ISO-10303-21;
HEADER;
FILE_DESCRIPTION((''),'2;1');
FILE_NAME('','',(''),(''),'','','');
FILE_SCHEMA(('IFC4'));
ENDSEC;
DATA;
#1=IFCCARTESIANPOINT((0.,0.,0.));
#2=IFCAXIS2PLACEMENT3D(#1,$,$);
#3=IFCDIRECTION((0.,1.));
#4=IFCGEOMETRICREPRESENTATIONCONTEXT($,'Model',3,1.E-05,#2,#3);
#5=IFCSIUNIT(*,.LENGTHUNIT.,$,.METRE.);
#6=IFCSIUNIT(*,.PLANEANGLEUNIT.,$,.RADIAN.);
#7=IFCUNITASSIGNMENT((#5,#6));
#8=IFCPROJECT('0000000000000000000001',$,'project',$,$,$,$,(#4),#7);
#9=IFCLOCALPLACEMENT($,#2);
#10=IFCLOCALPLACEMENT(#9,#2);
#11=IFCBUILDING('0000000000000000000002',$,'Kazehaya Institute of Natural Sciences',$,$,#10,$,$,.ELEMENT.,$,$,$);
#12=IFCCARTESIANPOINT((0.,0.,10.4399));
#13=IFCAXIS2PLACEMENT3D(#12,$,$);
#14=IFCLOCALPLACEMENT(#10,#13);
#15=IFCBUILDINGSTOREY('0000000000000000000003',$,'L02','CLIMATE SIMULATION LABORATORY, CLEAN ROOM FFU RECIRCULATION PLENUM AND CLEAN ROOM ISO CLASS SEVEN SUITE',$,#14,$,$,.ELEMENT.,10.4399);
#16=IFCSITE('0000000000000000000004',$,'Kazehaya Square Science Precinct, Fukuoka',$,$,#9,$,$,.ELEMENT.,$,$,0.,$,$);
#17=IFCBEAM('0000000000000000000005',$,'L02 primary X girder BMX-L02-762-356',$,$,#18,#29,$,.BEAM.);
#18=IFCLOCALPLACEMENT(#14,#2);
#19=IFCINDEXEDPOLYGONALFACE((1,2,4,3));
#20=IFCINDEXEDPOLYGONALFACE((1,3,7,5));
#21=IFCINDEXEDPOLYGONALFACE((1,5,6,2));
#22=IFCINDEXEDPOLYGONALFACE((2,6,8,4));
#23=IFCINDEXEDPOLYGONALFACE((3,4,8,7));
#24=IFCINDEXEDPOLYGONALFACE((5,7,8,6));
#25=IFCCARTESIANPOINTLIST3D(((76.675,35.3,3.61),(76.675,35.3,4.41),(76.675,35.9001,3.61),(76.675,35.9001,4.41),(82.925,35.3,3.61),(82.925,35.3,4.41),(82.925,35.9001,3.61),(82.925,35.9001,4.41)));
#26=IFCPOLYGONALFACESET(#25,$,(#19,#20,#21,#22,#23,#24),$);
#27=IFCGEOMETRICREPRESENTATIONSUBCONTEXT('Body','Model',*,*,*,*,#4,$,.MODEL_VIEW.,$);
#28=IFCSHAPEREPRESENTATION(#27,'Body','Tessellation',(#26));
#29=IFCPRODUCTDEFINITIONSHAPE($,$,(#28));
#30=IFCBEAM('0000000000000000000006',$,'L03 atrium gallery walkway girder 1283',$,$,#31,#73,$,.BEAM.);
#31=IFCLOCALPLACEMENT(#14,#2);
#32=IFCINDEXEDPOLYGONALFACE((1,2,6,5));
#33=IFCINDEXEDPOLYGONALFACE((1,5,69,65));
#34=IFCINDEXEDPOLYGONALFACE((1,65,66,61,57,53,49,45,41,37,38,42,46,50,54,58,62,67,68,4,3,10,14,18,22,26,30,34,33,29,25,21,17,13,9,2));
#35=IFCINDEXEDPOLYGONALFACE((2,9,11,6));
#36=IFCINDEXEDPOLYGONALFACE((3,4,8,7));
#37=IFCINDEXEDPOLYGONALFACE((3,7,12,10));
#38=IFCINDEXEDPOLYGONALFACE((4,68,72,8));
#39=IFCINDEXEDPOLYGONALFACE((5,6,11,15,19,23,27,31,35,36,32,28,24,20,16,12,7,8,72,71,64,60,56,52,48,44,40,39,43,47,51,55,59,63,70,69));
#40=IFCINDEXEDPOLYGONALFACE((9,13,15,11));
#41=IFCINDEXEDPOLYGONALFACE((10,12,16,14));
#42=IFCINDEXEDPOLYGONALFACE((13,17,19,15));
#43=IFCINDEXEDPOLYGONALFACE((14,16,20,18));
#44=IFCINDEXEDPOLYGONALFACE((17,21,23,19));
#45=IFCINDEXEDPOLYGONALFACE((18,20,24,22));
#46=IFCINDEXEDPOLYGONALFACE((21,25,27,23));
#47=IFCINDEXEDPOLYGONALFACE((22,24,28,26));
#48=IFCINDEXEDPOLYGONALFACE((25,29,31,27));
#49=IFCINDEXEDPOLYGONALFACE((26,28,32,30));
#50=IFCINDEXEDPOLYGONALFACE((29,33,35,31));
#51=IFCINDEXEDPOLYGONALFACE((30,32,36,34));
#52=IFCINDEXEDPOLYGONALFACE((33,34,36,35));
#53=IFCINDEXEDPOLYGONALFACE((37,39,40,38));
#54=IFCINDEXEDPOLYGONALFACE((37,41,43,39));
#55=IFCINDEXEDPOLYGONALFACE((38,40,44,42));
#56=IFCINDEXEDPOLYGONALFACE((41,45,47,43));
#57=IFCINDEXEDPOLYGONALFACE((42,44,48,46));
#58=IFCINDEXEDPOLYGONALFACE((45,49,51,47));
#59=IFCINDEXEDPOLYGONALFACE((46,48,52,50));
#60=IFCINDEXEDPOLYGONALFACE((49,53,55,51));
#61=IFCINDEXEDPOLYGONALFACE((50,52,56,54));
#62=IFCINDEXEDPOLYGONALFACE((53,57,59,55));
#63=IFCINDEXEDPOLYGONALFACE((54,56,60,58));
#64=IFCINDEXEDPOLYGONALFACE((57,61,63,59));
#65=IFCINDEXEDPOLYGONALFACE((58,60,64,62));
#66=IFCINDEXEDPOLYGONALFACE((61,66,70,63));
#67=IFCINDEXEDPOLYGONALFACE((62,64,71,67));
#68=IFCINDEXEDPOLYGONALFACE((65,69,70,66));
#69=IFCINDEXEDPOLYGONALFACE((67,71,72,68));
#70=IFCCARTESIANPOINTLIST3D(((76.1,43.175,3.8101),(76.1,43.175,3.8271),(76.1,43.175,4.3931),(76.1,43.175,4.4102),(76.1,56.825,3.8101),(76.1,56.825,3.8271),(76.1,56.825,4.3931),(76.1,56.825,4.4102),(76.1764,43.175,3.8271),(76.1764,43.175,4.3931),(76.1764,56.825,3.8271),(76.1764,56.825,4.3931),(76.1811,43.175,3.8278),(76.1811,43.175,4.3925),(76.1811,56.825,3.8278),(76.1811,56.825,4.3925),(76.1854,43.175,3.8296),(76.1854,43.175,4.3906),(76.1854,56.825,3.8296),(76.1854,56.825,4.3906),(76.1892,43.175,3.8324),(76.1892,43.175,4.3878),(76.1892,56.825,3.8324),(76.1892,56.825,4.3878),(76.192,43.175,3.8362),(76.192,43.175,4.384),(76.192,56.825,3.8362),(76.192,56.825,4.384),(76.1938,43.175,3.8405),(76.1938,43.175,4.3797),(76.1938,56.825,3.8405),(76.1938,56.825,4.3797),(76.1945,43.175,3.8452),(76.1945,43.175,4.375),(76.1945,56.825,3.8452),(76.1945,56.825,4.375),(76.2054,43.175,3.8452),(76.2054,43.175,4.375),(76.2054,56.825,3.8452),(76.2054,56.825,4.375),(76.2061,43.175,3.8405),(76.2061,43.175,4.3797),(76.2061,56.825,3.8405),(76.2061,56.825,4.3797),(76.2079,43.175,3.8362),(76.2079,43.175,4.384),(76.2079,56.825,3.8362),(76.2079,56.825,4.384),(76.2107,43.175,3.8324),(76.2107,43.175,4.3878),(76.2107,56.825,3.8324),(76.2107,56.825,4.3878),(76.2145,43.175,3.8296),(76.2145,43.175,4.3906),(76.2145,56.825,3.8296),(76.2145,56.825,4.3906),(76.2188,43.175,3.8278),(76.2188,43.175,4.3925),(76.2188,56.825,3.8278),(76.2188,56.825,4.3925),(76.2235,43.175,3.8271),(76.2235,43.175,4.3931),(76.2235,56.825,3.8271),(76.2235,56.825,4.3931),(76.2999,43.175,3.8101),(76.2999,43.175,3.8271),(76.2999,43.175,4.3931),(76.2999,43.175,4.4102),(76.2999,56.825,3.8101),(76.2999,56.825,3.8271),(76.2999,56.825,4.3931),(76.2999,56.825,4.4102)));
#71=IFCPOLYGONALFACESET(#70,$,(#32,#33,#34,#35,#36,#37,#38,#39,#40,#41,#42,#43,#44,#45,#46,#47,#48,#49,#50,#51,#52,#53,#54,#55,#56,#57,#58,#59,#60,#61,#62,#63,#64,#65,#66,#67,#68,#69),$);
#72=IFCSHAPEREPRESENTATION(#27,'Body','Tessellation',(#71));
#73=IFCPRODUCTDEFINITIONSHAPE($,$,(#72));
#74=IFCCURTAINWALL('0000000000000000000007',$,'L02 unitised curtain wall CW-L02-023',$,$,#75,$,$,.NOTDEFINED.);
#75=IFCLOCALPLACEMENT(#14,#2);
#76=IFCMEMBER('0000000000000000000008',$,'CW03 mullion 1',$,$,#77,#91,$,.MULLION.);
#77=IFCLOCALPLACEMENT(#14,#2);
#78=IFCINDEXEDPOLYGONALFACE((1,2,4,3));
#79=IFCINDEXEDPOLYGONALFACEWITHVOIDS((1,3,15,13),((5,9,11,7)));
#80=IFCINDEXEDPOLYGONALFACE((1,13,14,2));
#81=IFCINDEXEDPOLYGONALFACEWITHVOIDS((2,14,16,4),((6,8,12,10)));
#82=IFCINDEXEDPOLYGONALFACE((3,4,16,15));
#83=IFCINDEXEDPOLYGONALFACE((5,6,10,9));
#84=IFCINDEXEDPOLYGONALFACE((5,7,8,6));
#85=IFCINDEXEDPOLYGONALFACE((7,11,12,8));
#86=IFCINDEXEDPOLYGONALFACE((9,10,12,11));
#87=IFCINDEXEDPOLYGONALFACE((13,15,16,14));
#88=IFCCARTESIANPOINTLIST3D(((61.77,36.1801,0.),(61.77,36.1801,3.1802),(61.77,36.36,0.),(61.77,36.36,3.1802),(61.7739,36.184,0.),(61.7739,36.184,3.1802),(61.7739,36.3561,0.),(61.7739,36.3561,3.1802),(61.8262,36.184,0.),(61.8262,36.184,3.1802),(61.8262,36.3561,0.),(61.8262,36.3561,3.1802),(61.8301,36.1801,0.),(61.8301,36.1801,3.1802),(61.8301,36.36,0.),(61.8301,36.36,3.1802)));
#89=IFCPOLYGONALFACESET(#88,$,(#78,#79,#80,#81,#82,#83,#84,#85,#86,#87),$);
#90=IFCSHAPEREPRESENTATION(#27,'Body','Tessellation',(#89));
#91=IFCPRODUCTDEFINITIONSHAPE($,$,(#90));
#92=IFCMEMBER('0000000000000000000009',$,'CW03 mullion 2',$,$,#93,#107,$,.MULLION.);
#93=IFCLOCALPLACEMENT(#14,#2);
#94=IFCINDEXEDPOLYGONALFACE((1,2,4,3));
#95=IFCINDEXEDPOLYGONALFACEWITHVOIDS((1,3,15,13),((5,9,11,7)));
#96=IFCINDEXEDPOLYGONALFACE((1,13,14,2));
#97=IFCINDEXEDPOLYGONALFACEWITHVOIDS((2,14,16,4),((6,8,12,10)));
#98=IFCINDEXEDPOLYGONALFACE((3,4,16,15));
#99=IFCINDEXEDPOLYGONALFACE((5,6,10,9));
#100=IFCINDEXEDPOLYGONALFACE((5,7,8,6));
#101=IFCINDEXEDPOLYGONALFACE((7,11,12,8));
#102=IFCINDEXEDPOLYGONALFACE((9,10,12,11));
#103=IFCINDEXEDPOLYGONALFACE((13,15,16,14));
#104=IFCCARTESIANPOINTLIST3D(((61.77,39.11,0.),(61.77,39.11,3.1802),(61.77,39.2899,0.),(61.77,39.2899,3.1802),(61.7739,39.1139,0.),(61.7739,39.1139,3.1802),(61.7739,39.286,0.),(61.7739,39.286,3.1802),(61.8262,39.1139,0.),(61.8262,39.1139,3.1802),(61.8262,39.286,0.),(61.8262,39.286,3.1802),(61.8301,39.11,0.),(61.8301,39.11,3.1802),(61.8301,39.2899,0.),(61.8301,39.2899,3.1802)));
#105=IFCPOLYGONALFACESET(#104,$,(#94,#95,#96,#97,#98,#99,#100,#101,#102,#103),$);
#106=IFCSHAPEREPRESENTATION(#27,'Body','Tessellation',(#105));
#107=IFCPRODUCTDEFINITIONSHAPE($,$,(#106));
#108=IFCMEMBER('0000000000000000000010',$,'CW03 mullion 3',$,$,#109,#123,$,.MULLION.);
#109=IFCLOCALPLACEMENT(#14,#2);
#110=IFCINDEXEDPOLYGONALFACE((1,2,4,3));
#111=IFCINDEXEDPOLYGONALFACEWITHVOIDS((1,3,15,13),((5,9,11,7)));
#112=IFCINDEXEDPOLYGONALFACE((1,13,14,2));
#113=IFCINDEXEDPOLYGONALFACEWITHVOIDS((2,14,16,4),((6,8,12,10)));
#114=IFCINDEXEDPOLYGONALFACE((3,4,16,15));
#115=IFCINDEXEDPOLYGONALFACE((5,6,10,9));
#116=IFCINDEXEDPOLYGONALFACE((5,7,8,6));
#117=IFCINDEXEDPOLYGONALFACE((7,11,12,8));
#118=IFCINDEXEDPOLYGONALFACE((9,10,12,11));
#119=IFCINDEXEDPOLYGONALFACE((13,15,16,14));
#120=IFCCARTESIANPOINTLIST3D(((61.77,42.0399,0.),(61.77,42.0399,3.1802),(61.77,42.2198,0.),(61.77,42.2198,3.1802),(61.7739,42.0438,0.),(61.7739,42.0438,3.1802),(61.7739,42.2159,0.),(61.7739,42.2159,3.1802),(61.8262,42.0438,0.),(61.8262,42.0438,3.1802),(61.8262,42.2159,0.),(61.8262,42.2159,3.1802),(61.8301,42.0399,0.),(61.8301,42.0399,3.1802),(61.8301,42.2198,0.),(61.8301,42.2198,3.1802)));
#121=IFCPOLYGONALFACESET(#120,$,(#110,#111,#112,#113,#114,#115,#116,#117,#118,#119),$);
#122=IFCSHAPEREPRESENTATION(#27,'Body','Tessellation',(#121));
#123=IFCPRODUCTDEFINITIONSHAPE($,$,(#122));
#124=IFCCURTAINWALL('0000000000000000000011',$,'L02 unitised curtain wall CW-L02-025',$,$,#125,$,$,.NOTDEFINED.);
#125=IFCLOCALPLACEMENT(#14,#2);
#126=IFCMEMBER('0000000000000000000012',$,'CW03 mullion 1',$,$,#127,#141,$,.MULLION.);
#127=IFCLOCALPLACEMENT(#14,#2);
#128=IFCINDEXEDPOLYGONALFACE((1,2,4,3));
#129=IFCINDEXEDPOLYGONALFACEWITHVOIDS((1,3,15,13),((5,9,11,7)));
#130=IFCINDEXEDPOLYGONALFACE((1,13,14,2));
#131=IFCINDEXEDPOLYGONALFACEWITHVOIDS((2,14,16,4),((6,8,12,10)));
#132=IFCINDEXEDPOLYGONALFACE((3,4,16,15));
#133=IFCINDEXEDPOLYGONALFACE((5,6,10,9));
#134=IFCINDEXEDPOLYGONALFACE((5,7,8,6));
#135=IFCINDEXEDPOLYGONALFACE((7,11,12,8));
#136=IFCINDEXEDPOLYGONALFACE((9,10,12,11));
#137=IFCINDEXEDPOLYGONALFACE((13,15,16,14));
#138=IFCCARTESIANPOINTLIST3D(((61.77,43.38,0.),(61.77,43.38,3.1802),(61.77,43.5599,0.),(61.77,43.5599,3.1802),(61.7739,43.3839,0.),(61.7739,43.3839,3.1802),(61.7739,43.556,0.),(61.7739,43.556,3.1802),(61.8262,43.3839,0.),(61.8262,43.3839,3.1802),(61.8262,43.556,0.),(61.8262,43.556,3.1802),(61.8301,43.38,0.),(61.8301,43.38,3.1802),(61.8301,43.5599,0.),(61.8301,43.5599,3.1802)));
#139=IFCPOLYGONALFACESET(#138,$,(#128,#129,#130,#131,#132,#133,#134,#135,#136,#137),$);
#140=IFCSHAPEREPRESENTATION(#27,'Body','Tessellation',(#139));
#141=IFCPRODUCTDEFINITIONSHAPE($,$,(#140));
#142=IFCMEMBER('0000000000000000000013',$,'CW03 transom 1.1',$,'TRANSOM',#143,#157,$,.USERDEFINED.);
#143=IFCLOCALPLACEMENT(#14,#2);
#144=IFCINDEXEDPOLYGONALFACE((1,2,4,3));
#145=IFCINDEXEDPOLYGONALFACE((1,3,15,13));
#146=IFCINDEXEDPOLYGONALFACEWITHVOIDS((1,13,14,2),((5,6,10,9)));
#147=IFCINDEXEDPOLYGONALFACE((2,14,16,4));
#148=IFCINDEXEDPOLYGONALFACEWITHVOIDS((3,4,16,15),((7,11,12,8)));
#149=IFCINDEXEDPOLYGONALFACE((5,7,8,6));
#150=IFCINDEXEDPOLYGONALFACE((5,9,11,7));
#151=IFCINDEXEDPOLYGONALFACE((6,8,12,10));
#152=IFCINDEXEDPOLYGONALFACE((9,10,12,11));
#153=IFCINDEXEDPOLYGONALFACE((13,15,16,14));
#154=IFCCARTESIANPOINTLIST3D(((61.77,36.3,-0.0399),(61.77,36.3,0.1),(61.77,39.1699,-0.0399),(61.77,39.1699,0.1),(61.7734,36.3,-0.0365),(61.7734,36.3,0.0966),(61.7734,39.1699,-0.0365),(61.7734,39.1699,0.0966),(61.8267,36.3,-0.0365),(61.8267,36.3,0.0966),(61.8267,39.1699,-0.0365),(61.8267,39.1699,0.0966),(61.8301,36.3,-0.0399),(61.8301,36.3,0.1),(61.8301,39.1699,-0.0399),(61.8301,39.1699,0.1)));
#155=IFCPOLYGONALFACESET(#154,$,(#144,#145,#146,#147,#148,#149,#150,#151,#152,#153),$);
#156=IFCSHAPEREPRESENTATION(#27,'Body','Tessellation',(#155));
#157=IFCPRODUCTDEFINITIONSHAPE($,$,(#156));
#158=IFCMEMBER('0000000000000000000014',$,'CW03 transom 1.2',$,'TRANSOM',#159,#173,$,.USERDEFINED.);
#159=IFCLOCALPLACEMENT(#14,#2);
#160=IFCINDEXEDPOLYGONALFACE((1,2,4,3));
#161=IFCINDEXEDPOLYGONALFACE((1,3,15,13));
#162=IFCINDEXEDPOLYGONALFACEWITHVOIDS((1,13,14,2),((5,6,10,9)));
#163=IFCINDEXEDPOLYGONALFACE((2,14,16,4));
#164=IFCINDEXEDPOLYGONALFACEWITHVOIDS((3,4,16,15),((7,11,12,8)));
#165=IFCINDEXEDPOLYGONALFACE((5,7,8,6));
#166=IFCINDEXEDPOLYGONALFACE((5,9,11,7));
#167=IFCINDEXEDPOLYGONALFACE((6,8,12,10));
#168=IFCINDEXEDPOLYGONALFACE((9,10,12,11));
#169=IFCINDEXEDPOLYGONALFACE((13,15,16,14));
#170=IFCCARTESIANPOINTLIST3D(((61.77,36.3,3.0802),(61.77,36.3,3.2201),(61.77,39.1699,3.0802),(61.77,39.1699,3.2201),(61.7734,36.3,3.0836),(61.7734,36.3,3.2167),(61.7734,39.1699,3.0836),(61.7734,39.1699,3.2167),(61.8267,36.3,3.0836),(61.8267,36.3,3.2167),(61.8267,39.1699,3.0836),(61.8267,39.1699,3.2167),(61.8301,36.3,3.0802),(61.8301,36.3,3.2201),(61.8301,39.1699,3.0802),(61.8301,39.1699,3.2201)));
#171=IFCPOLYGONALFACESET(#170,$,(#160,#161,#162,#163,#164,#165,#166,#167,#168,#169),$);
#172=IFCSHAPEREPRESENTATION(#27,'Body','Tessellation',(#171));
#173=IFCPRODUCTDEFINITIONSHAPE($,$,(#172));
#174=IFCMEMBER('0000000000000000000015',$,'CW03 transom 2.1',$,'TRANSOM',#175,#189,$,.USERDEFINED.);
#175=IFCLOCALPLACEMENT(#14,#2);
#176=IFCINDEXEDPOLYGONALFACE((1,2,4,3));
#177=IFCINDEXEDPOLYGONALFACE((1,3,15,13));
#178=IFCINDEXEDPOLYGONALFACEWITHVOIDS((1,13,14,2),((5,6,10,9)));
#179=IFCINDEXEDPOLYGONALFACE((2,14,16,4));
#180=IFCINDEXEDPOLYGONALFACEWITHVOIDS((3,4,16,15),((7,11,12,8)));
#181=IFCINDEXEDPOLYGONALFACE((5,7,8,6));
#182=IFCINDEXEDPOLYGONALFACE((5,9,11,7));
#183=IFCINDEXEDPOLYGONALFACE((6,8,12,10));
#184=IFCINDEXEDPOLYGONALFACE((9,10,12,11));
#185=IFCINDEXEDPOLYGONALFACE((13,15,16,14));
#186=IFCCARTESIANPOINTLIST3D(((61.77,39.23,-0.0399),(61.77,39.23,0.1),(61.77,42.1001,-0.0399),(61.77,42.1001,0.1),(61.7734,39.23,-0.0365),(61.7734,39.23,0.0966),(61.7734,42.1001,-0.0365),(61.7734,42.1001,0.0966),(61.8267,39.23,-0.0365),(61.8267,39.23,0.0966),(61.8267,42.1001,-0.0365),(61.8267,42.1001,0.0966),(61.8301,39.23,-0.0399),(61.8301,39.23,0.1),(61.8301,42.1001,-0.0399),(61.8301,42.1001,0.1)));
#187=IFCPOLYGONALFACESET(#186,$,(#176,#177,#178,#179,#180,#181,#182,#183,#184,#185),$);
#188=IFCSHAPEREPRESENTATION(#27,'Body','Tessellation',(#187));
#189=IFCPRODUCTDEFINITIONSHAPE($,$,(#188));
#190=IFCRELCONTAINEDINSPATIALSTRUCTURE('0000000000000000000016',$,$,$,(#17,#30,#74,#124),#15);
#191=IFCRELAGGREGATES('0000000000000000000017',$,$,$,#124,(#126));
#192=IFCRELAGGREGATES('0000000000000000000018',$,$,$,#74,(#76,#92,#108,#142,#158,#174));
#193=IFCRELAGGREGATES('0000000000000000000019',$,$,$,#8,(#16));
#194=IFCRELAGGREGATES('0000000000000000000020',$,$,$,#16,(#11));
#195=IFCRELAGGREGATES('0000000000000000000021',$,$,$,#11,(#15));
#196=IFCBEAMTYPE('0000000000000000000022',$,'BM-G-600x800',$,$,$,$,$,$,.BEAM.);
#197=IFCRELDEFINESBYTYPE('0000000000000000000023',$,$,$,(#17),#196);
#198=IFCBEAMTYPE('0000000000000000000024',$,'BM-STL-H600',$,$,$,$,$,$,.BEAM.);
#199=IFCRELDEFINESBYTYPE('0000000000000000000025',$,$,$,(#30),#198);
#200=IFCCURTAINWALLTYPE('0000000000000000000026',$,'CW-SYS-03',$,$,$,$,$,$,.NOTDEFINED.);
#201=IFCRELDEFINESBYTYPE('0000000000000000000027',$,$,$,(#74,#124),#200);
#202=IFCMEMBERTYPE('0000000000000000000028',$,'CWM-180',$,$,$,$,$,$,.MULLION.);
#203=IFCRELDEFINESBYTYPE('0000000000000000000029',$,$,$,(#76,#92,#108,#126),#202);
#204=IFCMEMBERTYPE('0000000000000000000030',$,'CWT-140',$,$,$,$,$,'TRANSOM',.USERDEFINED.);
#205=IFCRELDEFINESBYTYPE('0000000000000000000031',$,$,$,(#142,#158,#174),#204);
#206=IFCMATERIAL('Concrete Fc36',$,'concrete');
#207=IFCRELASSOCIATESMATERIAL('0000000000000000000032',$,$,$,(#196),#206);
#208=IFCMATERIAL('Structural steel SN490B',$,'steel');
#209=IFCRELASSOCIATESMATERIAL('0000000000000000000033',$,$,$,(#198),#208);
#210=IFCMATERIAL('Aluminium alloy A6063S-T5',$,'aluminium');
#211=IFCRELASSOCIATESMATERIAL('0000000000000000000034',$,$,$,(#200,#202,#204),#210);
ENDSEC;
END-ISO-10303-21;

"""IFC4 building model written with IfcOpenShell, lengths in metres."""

from ifc_helpers import new_model, si_unit, direction, frame, origin, origin_2d, place, context, subcontext, project, spatial, rectangle, hollow_rectangle, i_section, extrude, material, material_profile, profile_set, type_object, element, aggregate, save


model = new_model("IFC4")

# Units and contexts
model_context = context("Model", 3, precision=1e-05, world=origin(), true_north=direction((0.0, 1.0)))
body_context = subcontext(model_context, "Body", "Model", "MODEL_VIEW")
ifc_project = project(units=[si_unit("LENGTHUNIT", "METRE"), si_unit("PLANEANGLEUNIT", "RADIAN")], contexts=[model_context])

# Site, building, storey
site_placement = place(None, origin())
site = spatial("IfcSite", under=ifc_project, at=site_placement, Name="Kazehaya Square Science Precinct, Fukuoka", CompositionType="ELEMENT", RefElevation=0.0)
building_placement = place(site_placement, origin())
building = spatial("IfcBuilding", under=site, at=building_placement, Name="Kazehaya Institute of Natural Sciences", CompositionType="ELEMENT")
storey_placement = place(building_placement, frame((0.0, 0.0, 10.4399)))
storey = spatial("IfcBuildingStorey", under=building, at=storey_placement, Name="L02", Description="CLIMATE SIMULATION LABORATORY, CLEAN ROOM FFU RECIRCULATION PLENUM AND CLEAN ROOM ISO CLASS SEVEN SUITE", CompositionType="ELEMENT", Elevation=10.4399)

# Shared definitions
ifc_material_1 = material(Name="Concrete Fc36", Category="concrete")

# Beams
ifc_material_profile_1 = material_profile(ifc_material_1, rectangle(XDim=0.6001, YDim=0.8, at=origin_2d()), Name="RC-600x800")
ifc_profile_set_1 = profile_set([ifc_material_profile_1], Name="Concrete Fc36")
beam_type_1 = type_object("IfcBeamType", Name="BM-G-600x800", PredefinedType="BEAM", material=ifc_profile_set_1)
for number, where, z_axis, x_axis, name in (
    (1, (76.675, 35.6001, 4.01), (1.0, 0.0, 0.0), (0.0, 1.0, 0.0), "L02 primary X girder BMX-L02-762-356"),
):
    element("IfcBeam", number, at=place(storey_placement, frame(where, z_axis=z_axis, x_axis=x_axis)), inside=storey, type_object=beam_type_1, Name=name, PredefinedType="BEAM", context=body_context, shape_type="SweptSolid", body=[
        extrude(rectangle(XDim=0.6001, YDim=0.8, at=origin_2d()), origin(), (0.0, 0.0, 1.0), 6.25),
    ])
ifc_material_2 = material(Name="Structural steel SN490B", Category="steel")
ifc_material_profile_2 = material_profile(ifc_material_2, i_section(OverallWidth=0.2, OverallDepth=0.6001, WebThickness=0.011, FlangeThickness=0.0171, FilletRadius=0.0181, at=origin_2d()), Name="H-600x200x11x17")
ifc_profile_set_2 = profile_set([ifc_material_profile_2], Name="Structural steel SN490B")
beam_type_2 = type_object("IfcBeamType", Name="BM-STL-H600", PredefinedType="BEAM", material=ifc_profile_set_2)
beam_1_placement = place(storey_placement, frame((76.2, 43.175, 4.1101), z_axis=(0.0, 1.0, 0.0), x_axis=(-1.0, 0.0, 0.0)))
element("IfcBeam", 2, at=beam_1_placement, inside=storey, type_object=beam_type_2, Name="L03 atrium gallery walkway girder 1283", PredefinedType="BEAM", context=body_context, shape_type="SweptSolid", body=[
    extrude(i_section(OverallWidth=0.2, OverallDepth=0.6001, WebThickness=0.011, FlangeThickness=0.0171, FilletRadius=0.0181, at=origin_2d()), origin(), (0.0, 0.0, 1.0), 13.6499),
])

# Curtain wall, members
ifc_material_3 = material(Name="Aluminium alloy A6063S-T5", Category="aluminium")
curtain_wall_type = type_object("IfcCurtainWallType", Name="CW-SYS-03", PredefinedType="NOTDEFINED", material=ifc_material_3)
curtain_wall_1_placement = place(storey_placement, origin())
curtain_wall_1 = element("IfcCurtainWall", 3, at=curtain_wall_1_placement, inside=storey, type_object=curtain_wall_type, Name="L02 unitised curtain wall CW-L02-023", PredefinedType="NOTDEFINED")
ifc_material_profile_3 = material_profile(ifc_material_3, hollow_rectangle(XDim=0.0601, YDim=0.1799, WallThickness=0.0039, at=origin_2d()), Name="ALU-60x180x4")
ifc_profile_set_3 = profile_set([ifc_material_profile_3], Name="Aluminium alloy A6063S-T5")
member_type_1 = type_object("IfcMemberType", Name="CWM-180", PredefinedType="MULLION", material=ifc_profile_set_3)
member_1_placement = place(storey_placement, frame((61.8, 36.27, 0.0), z_axis=(0.0, 0.0, 1.0), x_axis=(-1.0, 0.0, 0.0)))
member_1 = element("IfcMember", 4, at=member_1_placement, type_object=member_type_1, Name="CW03 mullion 1", PredefinedType="MULLION", context=body_context, shape_type="SweptSolid", body=[
    extrude(hollow_rectangle(XDim=0.0601, YDim=0.1799, WallThickness=0.0039, at=origin_2d()), origin(), (0.0, 0.0, 1.0), 3.1802),
])
member_2_placement = place(storey_placement, frame((61.8, 39.2, 0.0), z_axis=(0.0, 0.0, 1.0), x_axis=(-1.0, 0.0, 0.0)))
member_2 = element("IfcMember", 5, at=member_2_placement, type_object=member_type_1, Name="CW03 mullion 2", PredefinedType="MULLION", context=body_context, shape_type="SweptSolid", body=[
    extrude(hollow_rectangle(XDim=0.0601, YDim=0.1799, WallThickness=0.0039, at=origin_2d()), origin(), (0.0, 0.0, 1.0), 3.1802),
])
member_3_placement = place(storey_placement, frame((61.8, 42.1299, 0.0), z_axis=(0.0, 0.0, 1.0), x_axis=(-1.0, 0.0, 0.0)))
member_3 = element("IfcMember", 6, at=member_3_placement, type_object=member_type_1, Name="CW03 mullion 3", PredefinedType="MULLION", context=body_context, shape_type="SweptSolid", body=[
    extrude(hollow_rectangle(XDim=0.0601, YDim=0.1799, WallThickness=0.0039, at=origin_2d()), origin(), (0.0, 0.0, 1.0), 3.1802),
])

# Curtain wall, member
curtain_wall_2_placement = place(storey_placement, origin())
curtain_wall_2 = element("IfcCurtainWall", 7, at=curtain_wall_2_placement, inside=storey, type_object=curtain_wall_type, Name="L02 unitised curtain wall CW-L02-025", PredefinedType="NOTDEFINED")
member_4_placement = place(storey_placement, frame((61.8, 43.47, 0.0), z_axis=(0.0, 0.0, 1.0), x_axis=(-1.0, 0.0, 0.0)))
member_4 = element("IfcMember", 8, at=member_4_placement, type_object=member_type_1, Name="CW03 mullion 1", PredefinedType="MULLION", context=body_context, shape_type="SweptSolid", body=[
    extrude(hollow_rectangle(XDim=0.0601, YDim=0.1799, WallThickness=0.0039, at=origin_2d()), origin(), (0.0, 0.0, 1.0), 3.1802),
])

# Members
ifc_material_profile_4 = material_profile(ifc_material_3, hollow_rectangle(XDim=0.0601, YDim=0.1399, WallThickness=0.0034, at=origin_2d()), Name="ALU-60x140x3.5")
ifc_profile_set_4 = profile_set([ifc_material_profile_4], Name="Aluminium alloy A6063S-T5")
member_type_2 = type_object("IfcMemberType", Name="CWT-140", ElementType="TRANSOM", PredefinedType="USERDEFINED", material=ifc_profile_set_4)
member_5_placement = place(storey_placement, frame((61.8, 36.3, 0.03), z_axis=(0.0, 1.0, 0.0), x_axis=(-1.0, 0.0, 0.0)))
member_5 = element("IfcMember", 9, at=member_5_placement, type_object=member_type_2, Name="CW03 transom 1.1", ObjectType="TRANSOM", PredefinedType="USERDEFINED", context=body_context, shape_type="SweptSolid", body=[
    extrude(hollow_rectangle(XDim=0.0601, YDim=0.1399, WallThickness=0.0034, at=origin_2d()), origin(), (0.0, 0.0, 1.0), 2.8699),
])
member_6_placement = place(storey_placement, frame((61.8, 36.3, 3.1501), z_axis=(0.0, 1.0, 0.0), x_axis=(-1.0, 0.0, 0.0)))
member_6 = element("IfcMember", 10, at=member_6_placement, type_object=member_type_2, Name="CW03 transom 1.2", ObjectType="TRANSOM", PredefinedType="USERDEFINED", context=body_context, shape_type="SweptSolid", body=[
    extrude(hollow_rectangle(XDim=0.0601, YDim=0.1399, WallThickness=0.0034, at=origin_2d()), origin(), (0.0, 0.0, 1.0), 2.8699),
])
member_7_placement = place(storey_placement, frame((61.8, 39.23, 0.03), z_axis=(0.0, 1.0, 0.0), x_axis=(-1.0, 0.0, 0.0)))
member_7 = element("IfcMember", 11, at=member_7_placement, type_object=member_type_2, Name="CW03 transom 2.1", ObjectType="TRANSOM", PredefinedType="USERDEFINED", context=body_context, shape_type="SweptSolid", body=[
    extrude(hollow_rectangle(XDim=0.0601, YDim=0.1399, WallThickness=0.0034, at=origin_2d()), origin(), (0.0, 0.0, 1.0), 2.8701),
])
aggregate(curtain_wall_2, [member_4])

aggregate(curtain_wall_1, [member_1, member_2, member_3, member_5, member_6, member_7])

save(model, "model.ifc")
